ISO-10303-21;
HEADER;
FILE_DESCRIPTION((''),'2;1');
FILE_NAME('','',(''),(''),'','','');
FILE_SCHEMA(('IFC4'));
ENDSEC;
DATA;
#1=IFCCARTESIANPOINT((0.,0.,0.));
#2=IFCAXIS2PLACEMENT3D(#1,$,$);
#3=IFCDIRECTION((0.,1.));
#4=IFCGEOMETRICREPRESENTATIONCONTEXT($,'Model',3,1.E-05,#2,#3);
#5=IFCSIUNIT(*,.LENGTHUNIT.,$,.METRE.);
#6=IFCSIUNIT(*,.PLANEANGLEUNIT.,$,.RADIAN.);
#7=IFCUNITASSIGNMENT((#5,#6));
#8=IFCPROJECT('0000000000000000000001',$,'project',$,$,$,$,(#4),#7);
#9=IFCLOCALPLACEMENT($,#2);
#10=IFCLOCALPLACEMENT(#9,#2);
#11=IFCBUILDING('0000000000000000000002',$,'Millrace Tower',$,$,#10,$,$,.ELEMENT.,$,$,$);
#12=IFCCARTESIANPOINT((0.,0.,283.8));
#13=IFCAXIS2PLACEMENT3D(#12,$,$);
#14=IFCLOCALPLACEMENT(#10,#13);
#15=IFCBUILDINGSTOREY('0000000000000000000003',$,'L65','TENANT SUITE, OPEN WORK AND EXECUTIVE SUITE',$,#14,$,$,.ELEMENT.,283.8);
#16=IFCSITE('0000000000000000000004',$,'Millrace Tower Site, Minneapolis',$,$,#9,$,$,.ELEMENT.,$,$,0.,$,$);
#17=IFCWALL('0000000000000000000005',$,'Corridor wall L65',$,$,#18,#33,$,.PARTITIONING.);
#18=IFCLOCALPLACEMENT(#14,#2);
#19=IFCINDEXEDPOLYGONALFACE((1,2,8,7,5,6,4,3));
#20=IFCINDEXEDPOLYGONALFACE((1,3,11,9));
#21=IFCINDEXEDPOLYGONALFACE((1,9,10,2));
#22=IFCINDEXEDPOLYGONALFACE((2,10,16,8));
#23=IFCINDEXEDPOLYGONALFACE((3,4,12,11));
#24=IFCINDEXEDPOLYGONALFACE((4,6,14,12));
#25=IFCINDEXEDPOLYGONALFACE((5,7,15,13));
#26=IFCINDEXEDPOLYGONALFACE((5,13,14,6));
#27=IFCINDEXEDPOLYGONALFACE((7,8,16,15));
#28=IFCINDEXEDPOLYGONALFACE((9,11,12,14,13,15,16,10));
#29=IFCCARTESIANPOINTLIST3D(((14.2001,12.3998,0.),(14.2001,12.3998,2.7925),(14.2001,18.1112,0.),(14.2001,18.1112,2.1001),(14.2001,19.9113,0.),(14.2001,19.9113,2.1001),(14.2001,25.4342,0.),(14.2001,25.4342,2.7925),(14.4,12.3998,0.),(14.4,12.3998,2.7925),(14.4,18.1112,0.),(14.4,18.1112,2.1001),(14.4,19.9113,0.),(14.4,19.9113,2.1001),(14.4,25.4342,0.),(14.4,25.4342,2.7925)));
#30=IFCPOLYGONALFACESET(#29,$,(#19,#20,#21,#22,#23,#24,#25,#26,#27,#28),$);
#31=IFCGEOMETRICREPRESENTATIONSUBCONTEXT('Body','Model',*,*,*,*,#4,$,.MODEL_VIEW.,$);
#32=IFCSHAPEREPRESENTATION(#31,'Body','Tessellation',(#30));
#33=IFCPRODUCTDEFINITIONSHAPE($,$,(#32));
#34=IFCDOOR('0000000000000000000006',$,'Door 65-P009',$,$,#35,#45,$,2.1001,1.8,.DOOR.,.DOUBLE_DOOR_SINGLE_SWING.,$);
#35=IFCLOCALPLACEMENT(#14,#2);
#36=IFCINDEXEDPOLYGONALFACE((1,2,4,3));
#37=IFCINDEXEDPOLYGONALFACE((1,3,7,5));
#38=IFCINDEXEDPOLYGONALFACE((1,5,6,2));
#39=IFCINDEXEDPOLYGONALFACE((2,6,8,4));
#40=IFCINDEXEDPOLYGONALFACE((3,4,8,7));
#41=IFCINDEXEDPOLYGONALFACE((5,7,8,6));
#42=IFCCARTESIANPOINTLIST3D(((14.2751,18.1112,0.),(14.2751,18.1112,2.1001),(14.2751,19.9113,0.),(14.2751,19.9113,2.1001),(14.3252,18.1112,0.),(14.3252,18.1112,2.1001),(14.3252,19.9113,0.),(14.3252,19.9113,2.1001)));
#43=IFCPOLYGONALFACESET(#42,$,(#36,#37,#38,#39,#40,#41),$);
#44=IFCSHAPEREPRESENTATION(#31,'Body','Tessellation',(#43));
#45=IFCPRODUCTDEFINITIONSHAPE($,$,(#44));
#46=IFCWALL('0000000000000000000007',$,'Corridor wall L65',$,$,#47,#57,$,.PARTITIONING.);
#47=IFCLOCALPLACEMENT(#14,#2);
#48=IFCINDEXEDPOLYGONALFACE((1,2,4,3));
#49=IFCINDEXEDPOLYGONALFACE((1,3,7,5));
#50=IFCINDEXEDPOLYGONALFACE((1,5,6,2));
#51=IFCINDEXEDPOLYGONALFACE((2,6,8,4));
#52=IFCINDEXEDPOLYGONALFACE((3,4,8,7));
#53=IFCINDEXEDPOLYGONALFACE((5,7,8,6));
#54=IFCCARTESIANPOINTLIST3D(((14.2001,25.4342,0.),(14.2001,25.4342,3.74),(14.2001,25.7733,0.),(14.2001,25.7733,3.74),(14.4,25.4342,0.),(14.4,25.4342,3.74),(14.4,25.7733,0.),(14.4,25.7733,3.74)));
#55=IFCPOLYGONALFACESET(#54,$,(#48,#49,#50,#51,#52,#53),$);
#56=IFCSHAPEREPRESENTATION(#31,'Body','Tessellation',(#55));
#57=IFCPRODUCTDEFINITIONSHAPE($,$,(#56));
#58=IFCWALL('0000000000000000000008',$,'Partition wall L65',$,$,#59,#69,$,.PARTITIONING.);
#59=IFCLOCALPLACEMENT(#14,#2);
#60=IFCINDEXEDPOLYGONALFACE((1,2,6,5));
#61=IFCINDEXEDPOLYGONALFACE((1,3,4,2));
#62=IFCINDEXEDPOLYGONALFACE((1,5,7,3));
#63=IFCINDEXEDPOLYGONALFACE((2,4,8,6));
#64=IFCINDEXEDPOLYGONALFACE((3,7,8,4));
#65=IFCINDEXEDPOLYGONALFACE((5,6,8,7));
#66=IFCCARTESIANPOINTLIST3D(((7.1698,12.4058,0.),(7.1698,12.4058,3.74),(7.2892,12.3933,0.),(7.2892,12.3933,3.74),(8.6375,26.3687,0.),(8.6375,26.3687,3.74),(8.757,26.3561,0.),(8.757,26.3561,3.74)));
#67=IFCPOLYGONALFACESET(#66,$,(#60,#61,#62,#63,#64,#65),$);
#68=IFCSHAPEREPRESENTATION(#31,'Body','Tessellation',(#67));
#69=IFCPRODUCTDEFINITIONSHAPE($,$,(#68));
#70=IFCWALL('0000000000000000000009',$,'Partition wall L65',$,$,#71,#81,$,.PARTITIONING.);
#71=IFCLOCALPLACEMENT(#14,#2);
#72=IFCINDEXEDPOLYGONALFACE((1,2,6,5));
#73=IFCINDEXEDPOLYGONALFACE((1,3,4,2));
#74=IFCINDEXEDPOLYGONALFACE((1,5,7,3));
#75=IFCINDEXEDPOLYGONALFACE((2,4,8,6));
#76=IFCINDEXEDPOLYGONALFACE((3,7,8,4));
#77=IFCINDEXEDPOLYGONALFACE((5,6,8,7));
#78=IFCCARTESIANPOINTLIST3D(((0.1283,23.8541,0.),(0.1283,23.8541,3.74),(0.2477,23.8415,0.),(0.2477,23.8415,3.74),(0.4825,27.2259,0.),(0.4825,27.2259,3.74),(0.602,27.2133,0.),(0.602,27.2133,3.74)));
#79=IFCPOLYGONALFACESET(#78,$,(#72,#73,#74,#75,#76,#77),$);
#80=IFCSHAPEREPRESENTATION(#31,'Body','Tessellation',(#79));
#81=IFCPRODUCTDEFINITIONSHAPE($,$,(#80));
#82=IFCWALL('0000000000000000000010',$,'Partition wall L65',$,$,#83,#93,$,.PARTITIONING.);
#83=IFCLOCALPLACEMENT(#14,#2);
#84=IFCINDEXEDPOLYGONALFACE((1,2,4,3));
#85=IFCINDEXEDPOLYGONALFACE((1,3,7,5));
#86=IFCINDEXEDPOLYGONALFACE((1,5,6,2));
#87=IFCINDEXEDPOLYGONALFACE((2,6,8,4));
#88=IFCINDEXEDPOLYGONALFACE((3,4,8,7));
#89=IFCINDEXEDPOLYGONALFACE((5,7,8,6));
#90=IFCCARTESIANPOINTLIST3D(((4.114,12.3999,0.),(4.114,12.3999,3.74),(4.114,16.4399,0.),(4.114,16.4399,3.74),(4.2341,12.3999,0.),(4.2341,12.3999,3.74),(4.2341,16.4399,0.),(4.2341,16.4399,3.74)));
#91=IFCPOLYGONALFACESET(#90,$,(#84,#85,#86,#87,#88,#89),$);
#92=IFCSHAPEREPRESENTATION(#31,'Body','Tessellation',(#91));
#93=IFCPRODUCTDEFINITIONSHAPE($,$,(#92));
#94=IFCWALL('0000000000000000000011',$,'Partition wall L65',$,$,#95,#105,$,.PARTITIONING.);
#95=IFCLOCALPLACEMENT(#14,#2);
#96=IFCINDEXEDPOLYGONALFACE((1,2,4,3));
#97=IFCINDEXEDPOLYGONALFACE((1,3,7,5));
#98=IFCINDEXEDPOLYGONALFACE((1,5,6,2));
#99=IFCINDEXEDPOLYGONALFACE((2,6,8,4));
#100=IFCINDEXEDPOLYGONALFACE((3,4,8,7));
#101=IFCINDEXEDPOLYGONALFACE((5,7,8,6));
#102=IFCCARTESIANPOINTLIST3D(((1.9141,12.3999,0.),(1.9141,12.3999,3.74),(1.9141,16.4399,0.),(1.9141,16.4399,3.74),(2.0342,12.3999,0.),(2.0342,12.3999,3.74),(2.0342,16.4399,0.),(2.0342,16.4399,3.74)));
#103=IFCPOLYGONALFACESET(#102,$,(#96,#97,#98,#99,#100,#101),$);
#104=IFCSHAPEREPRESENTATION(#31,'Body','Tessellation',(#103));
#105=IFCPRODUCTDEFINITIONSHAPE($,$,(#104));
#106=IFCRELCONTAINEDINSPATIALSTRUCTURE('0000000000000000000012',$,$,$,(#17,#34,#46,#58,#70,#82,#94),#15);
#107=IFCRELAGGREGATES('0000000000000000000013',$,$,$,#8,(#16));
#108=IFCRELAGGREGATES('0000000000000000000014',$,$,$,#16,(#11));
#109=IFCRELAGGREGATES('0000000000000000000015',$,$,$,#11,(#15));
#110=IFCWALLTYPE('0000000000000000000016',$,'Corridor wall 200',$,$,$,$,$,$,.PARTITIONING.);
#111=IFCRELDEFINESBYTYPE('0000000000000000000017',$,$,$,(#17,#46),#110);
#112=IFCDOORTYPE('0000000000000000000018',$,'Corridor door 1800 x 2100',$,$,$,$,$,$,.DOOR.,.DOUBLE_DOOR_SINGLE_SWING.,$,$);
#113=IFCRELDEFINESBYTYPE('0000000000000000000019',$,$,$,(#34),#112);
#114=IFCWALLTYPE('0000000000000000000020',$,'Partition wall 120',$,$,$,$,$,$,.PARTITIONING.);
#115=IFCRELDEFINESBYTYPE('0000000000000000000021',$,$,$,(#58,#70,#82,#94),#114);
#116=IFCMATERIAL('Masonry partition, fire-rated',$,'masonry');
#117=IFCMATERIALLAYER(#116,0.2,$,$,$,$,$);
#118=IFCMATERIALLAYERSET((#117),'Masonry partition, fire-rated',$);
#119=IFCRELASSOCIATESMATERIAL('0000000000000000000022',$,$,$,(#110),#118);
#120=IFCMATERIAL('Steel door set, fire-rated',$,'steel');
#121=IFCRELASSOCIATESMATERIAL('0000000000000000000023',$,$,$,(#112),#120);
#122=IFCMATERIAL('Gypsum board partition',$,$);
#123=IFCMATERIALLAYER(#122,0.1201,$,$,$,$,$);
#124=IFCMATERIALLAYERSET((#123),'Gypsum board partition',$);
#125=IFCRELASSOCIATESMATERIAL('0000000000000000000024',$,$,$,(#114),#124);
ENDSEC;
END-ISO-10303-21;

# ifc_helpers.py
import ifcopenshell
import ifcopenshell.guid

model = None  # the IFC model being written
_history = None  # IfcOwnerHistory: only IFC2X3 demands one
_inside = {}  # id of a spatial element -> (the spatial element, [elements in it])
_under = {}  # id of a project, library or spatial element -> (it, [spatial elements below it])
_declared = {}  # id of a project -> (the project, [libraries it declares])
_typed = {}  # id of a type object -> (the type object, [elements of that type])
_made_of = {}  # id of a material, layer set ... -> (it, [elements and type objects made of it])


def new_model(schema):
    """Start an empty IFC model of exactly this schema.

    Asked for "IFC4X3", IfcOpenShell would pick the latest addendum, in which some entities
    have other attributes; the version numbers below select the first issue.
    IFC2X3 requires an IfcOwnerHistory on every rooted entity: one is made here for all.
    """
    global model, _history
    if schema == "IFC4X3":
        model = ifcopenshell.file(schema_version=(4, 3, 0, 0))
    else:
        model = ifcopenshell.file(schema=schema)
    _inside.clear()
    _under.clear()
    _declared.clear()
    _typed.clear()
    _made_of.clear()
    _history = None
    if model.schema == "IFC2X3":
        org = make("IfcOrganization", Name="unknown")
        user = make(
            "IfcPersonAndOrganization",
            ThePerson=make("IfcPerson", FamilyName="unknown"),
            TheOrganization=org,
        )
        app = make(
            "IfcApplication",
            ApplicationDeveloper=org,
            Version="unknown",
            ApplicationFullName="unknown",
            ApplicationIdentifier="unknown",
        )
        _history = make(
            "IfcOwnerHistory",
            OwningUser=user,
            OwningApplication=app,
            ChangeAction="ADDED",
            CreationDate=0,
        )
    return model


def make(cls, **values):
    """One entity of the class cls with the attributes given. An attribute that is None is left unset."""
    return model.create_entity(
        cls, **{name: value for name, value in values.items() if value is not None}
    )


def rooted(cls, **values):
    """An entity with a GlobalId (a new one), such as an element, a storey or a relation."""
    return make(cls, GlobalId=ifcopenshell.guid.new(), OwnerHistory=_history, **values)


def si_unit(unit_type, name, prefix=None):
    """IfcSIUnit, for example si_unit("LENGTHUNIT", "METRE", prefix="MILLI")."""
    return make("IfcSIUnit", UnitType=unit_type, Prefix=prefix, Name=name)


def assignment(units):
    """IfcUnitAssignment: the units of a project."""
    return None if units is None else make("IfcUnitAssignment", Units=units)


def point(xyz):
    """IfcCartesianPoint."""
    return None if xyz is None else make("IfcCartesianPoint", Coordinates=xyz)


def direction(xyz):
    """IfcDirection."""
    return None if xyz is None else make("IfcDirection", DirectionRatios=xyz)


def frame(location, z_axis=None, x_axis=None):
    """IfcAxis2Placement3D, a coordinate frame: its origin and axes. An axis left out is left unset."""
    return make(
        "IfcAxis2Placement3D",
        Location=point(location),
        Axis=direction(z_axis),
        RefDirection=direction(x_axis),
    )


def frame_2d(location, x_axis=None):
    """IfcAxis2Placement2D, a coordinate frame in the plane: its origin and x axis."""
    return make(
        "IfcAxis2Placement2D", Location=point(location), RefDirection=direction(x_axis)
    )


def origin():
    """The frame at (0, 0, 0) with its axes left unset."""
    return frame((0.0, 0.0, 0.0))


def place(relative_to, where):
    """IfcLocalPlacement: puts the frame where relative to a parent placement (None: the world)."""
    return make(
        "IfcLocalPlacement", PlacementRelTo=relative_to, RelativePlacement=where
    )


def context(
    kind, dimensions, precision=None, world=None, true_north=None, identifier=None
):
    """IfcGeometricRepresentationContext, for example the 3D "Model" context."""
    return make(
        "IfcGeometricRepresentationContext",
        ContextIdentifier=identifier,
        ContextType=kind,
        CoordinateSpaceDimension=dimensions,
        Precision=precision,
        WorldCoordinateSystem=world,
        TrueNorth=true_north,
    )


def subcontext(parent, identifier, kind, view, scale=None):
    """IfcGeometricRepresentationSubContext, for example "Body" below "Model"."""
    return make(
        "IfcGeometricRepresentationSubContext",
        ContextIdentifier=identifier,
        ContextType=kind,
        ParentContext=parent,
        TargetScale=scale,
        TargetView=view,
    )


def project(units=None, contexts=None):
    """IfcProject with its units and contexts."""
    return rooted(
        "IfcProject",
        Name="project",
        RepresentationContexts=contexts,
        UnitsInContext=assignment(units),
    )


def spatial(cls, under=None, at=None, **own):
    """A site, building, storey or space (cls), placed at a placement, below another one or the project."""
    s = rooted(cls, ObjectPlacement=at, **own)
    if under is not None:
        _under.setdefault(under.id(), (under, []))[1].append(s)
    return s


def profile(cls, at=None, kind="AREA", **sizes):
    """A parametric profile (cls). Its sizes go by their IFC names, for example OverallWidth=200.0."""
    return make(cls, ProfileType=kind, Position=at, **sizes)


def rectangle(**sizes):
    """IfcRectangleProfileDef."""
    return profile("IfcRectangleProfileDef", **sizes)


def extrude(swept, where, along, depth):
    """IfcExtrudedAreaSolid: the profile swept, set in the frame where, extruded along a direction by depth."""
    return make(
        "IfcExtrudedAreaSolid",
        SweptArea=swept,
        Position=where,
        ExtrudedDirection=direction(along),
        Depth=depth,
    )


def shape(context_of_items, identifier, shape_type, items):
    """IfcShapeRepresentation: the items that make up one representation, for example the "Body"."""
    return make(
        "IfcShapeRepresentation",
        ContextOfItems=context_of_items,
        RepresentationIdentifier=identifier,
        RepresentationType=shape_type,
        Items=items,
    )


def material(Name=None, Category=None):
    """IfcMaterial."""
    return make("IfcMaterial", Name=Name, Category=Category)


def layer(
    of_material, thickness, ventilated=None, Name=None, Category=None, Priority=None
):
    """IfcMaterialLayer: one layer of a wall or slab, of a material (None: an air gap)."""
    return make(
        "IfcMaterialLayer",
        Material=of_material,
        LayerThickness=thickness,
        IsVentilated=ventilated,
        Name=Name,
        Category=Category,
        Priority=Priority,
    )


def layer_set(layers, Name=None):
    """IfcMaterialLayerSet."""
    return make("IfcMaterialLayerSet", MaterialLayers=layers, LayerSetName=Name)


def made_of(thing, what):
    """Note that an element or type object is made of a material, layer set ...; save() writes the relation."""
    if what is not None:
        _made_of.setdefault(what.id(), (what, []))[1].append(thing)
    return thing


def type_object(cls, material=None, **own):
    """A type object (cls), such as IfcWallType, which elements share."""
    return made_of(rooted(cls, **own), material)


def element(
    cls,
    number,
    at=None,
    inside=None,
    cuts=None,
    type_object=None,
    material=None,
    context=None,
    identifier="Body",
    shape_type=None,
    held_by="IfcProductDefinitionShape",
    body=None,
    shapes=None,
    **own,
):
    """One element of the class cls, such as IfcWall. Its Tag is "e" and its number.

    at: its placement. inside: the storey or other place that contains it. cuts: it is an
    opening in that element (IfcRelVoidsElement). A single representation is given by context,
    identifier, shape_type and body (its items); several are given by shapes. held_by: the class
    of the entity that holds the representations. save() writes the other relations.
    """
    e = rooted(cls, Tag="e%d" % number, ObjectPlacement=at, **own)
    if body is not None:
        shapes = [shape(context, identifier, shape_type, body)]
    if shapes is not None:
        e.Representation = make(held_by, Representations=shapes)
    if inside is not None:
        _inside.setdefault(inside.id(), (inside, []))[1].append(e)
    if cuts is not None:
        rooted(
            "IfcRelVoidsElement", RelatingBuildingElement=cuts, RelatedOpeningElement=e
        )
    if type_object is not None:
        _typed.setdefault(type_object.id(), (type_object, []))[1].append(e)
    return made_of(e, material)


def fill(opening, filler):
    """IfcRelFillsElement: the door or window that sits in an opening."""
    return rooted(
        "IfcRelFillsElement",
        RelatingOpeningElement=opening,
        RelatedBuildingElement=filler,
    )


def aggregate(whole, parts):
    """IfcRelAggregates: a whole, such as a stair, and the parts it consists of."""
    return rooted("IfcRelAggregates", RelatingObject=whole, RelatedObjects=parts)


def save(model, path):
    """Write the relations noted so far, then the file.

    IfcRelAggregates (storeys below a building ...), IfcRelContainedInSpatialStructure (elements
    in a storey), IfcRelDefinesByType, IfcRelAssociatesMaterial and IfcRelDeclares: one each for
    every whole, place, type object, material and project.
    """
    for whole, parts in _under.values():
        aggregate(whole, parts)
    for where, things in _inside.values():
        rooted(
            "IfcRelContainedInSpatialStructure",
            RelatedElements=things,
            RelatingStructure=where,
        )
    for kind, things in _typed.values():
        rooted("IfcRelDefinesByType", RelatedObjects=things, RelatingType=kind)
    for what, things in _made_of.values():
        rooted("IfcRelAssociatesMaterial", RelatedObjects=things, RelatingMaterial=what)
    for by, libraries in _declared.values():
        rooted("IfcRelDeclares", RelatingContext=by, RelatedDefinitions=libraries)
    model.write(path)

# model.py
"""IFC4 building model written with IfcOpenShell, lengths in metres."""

from ifc_helpers import new_model, si_unit, direction, frame, frame_2d, origin, place, context, subcontext, project, spatial, rectangle, extrude, material, layer, layer_set, type_object, element, fill, save


model = new_model("IFC4")

# Units and contexts
model_context = context("Model", 3, precision=1e-05, world=origin(), true_north=direction((0.0, 1.0)))
body_context = subcontext(model_context, "Body", "Model", "MODEL_VIEW")
ifc_project = project(units=[si_unit("LENGTHUNIT", "METRE"), si_unit("PLANEANGLEUNIT", "RADIAN")], contexts=[model_context])

# Site, building, storey
site_placement = place(None, origin())
site = spatial("IfcSite", under=ifc_project, at=site_placement, Name="Millrace Tower Site, Minneapolis", CompositionType="ELEMENT", RefElevation=0.0)
building_placement = place(site_placement, origin())
building = spatial("IfcBuilding", under=site, at=building_placement, Name="Millrace Tower", CompositionType="ELEMENT")
storey_placement = place(building_placement, frame((0.0, 0.0, 283.8)))
storey = spatial("IfcBuildingStorey", under=building, at=storey_placement, Name="L65", Description="TENANT SUITE, OPEN WORK AND EXECUTIVE SUITE", CompositionType="ELEMENT", Elevation=283.8)

# Wall, opening, door
ifc_material_1 = material(Name="Masonry partition, fire-rated", Category="masonry")
ifc_layer_1 = layer(ifc_material_1, 0.2)
ifc_layer_set_1 = layer_set([ifc_layer_1], Name="Masonry partition, fire-rated")
wall_type_1 = type_object("IfcWallType", Name="Corridor wall 200", PredefinedType="PARTITIONING", material=ifc_layer_set_1)
wall_1_placement = place(storey_placement, frame((14.3, 12.3999, 0.0), z_axis=(0.0, 0.0, 1.0), x_axis=(0.0, 1.0, 0.0)))
wall_1 = element("IfcWall", 1, at=wall_1_placement, inside=storey, type_object=wall_type_1, Name="Corridor wall L65", PredefinedType="PARTITIONING", context=body_context, shape_type="SweptSolid", body=[
    extrude(rectangle(XDim=13.0344, YDim=0.2, at=frame_2d((6.5171, 0.0))), origin(), (0.0, 0.0, 1.0), 2.7925),
])
opening_placement = place(wall_1_placement, frame((5.7114, 0.0, 0.0)))
opening = element("IfcOpeningElement", 2, at=opening_placement, cuts=wall_1, PredefinedType="OPENING", context=body_context, shape_type="SweptSolid", body=[
    extrude(rectangle(XDim=1.8, YDim=2.1001, at=frame_2d((0.8999, 1.05))), frame((0.0, 0.1099, 0.0), z_axis=(0.0, -1.0, 0.0), x_axis=(1.0, 0.0, 0.0)), (0.0, 0.0, 1.0), 0.22),
])
ifc_material_2 = material(Name="Steel door set, fire-rated", Category="steel")
door_type = type_object("IfcDoorType", Name="Corridor door 1800 x 2100", OperationType="DOUBLE_DOOR_SINGLE_SWING", PredefinedType="DOOR", material=ifc_material_2)
door_placement = place(opening_placement, origin())
door = element("IfcDoor", 3, at=door_placement, inside=storey, type_object=door_type, Name="Door 65-P009", OperationType="DOUBLE_DOOR_SINGLE_SWING", OverallHeight=2.1001, OverallWidth=1.8, PredefinedType="DOOR", context=body_context, shape_type="SweptSolid", body=[
    extrude(rectangle(XDim=1.8, YDim=2.1001, at=frame_2d((0.8999, 1.05))), frame((0.0, 0.0249, 0.0), z_axis=(0.0, -1.0, 0.0), x_axis=(1.0, 0.0, 0.0)), (0.0, 0.0, 1.0), 0.05),
])
fill(opening, door)

# Walls
wall_2_placement = place(storey_placement, frame((14.3, 25.4343, 0.0), z_axis=(0.0, 0.0, 1.0), x_axis=(0.0, 1.0, 0.0)))
element("IfcWall", 4, at=wall_2_placement, inside=storey, type_object=wall_type_1, Name="Corridor wall L65", PredefinedType="PARTITIONING", context=body_context, shape_type="SweptSolid", body=[
    extrude(rectangle(XDim=0.3391, YDim=0.2, at=frame_2d((0.1694, 0.0))), origin(), (0.0, 0.0, 1.0), 3.74),
])
ifc_material_3 = material(Name="Gypsum board partition")
ifc_layer_2 = layer(ifc_material_3, 0.1201)
ifc_layer_set_2 = layer_set([ifc_layer_2], Name="Gypsum board partition")
wall_type_2 = type_object("IfcWallType", Name="Partition wall 120", PredefinedType="PARTITIONING", material=ifc_layer_set_2)
wall_3_placement = place(storey_placement, frame((7.2295, 12.3994, 0.0), z_axis=(0.0, 0.0, 1.0), x_axis=(0.104544, 0.99452, 0.0)))
element("IfcWall", 5, at=wall_3_placement, inside=storey, type_object=wall_type_2, Name="Partition wall L65", PredefinedType="PARTITIONING", context=body_context, shape_type="SweptSolid", body=[
    extrude(rectangle(XDim=14.0398, YDim=0.1201, at=frame_2d((7.02, 0.0))), origin(), (0.0, 0.0, 1.0), 3.74),
])
wall_4_placement = place(storey_placement, frame((0.188, 23.8477, 0.0), z_axis=(0.0, 0.0, 1.0), x_axis=(0.104486, 0.994526, 0.0)))
element("IfcWall", 6, at=wall_4_placement, inside=storey, type_object=wall_type_2, Name="Partition wall L65", PredefinedType="PARTITIONING", context=body_context, shape_type="SweptSolid", body=[
    extrude(rectangle(XDim=3.3904, YDim=0.1201, at=frame_2d((1.6953, 0.0))), origin(), (0.0, 0.0, 1.0), 3.74),
])
for number, where, z_axis, x_axis, name in (
    (7, (4.1741, 12.3999, 0.0), (0.0, 0.0, 1.0), (0.0, 1.0, 0.0), "Partition wall L65"),
    (8, (1.9741, 12.3999, 0.0), (0.0, 0.0, 1.0), (0.0, 1.0, 0.0), "Partition wall L65"),
):
    element("IfcWall", number, at=place(storey_placement, frame(where, z_axis=z_axis, x_axis=x_axis)), inside=storey, type_object=wall_type_2, Name=name, PredefinedType="PARTITIONING", context=body_context, shape_type="SweptSolid", body=[
        extrude(rectangle(XDim=4.04, YDim=0.1201, at=frame_2d((2.02, 0.0))), origin(), (0.0, 0.0, 1.0), 3.74),
    ])

save(model, "model.ifc")
